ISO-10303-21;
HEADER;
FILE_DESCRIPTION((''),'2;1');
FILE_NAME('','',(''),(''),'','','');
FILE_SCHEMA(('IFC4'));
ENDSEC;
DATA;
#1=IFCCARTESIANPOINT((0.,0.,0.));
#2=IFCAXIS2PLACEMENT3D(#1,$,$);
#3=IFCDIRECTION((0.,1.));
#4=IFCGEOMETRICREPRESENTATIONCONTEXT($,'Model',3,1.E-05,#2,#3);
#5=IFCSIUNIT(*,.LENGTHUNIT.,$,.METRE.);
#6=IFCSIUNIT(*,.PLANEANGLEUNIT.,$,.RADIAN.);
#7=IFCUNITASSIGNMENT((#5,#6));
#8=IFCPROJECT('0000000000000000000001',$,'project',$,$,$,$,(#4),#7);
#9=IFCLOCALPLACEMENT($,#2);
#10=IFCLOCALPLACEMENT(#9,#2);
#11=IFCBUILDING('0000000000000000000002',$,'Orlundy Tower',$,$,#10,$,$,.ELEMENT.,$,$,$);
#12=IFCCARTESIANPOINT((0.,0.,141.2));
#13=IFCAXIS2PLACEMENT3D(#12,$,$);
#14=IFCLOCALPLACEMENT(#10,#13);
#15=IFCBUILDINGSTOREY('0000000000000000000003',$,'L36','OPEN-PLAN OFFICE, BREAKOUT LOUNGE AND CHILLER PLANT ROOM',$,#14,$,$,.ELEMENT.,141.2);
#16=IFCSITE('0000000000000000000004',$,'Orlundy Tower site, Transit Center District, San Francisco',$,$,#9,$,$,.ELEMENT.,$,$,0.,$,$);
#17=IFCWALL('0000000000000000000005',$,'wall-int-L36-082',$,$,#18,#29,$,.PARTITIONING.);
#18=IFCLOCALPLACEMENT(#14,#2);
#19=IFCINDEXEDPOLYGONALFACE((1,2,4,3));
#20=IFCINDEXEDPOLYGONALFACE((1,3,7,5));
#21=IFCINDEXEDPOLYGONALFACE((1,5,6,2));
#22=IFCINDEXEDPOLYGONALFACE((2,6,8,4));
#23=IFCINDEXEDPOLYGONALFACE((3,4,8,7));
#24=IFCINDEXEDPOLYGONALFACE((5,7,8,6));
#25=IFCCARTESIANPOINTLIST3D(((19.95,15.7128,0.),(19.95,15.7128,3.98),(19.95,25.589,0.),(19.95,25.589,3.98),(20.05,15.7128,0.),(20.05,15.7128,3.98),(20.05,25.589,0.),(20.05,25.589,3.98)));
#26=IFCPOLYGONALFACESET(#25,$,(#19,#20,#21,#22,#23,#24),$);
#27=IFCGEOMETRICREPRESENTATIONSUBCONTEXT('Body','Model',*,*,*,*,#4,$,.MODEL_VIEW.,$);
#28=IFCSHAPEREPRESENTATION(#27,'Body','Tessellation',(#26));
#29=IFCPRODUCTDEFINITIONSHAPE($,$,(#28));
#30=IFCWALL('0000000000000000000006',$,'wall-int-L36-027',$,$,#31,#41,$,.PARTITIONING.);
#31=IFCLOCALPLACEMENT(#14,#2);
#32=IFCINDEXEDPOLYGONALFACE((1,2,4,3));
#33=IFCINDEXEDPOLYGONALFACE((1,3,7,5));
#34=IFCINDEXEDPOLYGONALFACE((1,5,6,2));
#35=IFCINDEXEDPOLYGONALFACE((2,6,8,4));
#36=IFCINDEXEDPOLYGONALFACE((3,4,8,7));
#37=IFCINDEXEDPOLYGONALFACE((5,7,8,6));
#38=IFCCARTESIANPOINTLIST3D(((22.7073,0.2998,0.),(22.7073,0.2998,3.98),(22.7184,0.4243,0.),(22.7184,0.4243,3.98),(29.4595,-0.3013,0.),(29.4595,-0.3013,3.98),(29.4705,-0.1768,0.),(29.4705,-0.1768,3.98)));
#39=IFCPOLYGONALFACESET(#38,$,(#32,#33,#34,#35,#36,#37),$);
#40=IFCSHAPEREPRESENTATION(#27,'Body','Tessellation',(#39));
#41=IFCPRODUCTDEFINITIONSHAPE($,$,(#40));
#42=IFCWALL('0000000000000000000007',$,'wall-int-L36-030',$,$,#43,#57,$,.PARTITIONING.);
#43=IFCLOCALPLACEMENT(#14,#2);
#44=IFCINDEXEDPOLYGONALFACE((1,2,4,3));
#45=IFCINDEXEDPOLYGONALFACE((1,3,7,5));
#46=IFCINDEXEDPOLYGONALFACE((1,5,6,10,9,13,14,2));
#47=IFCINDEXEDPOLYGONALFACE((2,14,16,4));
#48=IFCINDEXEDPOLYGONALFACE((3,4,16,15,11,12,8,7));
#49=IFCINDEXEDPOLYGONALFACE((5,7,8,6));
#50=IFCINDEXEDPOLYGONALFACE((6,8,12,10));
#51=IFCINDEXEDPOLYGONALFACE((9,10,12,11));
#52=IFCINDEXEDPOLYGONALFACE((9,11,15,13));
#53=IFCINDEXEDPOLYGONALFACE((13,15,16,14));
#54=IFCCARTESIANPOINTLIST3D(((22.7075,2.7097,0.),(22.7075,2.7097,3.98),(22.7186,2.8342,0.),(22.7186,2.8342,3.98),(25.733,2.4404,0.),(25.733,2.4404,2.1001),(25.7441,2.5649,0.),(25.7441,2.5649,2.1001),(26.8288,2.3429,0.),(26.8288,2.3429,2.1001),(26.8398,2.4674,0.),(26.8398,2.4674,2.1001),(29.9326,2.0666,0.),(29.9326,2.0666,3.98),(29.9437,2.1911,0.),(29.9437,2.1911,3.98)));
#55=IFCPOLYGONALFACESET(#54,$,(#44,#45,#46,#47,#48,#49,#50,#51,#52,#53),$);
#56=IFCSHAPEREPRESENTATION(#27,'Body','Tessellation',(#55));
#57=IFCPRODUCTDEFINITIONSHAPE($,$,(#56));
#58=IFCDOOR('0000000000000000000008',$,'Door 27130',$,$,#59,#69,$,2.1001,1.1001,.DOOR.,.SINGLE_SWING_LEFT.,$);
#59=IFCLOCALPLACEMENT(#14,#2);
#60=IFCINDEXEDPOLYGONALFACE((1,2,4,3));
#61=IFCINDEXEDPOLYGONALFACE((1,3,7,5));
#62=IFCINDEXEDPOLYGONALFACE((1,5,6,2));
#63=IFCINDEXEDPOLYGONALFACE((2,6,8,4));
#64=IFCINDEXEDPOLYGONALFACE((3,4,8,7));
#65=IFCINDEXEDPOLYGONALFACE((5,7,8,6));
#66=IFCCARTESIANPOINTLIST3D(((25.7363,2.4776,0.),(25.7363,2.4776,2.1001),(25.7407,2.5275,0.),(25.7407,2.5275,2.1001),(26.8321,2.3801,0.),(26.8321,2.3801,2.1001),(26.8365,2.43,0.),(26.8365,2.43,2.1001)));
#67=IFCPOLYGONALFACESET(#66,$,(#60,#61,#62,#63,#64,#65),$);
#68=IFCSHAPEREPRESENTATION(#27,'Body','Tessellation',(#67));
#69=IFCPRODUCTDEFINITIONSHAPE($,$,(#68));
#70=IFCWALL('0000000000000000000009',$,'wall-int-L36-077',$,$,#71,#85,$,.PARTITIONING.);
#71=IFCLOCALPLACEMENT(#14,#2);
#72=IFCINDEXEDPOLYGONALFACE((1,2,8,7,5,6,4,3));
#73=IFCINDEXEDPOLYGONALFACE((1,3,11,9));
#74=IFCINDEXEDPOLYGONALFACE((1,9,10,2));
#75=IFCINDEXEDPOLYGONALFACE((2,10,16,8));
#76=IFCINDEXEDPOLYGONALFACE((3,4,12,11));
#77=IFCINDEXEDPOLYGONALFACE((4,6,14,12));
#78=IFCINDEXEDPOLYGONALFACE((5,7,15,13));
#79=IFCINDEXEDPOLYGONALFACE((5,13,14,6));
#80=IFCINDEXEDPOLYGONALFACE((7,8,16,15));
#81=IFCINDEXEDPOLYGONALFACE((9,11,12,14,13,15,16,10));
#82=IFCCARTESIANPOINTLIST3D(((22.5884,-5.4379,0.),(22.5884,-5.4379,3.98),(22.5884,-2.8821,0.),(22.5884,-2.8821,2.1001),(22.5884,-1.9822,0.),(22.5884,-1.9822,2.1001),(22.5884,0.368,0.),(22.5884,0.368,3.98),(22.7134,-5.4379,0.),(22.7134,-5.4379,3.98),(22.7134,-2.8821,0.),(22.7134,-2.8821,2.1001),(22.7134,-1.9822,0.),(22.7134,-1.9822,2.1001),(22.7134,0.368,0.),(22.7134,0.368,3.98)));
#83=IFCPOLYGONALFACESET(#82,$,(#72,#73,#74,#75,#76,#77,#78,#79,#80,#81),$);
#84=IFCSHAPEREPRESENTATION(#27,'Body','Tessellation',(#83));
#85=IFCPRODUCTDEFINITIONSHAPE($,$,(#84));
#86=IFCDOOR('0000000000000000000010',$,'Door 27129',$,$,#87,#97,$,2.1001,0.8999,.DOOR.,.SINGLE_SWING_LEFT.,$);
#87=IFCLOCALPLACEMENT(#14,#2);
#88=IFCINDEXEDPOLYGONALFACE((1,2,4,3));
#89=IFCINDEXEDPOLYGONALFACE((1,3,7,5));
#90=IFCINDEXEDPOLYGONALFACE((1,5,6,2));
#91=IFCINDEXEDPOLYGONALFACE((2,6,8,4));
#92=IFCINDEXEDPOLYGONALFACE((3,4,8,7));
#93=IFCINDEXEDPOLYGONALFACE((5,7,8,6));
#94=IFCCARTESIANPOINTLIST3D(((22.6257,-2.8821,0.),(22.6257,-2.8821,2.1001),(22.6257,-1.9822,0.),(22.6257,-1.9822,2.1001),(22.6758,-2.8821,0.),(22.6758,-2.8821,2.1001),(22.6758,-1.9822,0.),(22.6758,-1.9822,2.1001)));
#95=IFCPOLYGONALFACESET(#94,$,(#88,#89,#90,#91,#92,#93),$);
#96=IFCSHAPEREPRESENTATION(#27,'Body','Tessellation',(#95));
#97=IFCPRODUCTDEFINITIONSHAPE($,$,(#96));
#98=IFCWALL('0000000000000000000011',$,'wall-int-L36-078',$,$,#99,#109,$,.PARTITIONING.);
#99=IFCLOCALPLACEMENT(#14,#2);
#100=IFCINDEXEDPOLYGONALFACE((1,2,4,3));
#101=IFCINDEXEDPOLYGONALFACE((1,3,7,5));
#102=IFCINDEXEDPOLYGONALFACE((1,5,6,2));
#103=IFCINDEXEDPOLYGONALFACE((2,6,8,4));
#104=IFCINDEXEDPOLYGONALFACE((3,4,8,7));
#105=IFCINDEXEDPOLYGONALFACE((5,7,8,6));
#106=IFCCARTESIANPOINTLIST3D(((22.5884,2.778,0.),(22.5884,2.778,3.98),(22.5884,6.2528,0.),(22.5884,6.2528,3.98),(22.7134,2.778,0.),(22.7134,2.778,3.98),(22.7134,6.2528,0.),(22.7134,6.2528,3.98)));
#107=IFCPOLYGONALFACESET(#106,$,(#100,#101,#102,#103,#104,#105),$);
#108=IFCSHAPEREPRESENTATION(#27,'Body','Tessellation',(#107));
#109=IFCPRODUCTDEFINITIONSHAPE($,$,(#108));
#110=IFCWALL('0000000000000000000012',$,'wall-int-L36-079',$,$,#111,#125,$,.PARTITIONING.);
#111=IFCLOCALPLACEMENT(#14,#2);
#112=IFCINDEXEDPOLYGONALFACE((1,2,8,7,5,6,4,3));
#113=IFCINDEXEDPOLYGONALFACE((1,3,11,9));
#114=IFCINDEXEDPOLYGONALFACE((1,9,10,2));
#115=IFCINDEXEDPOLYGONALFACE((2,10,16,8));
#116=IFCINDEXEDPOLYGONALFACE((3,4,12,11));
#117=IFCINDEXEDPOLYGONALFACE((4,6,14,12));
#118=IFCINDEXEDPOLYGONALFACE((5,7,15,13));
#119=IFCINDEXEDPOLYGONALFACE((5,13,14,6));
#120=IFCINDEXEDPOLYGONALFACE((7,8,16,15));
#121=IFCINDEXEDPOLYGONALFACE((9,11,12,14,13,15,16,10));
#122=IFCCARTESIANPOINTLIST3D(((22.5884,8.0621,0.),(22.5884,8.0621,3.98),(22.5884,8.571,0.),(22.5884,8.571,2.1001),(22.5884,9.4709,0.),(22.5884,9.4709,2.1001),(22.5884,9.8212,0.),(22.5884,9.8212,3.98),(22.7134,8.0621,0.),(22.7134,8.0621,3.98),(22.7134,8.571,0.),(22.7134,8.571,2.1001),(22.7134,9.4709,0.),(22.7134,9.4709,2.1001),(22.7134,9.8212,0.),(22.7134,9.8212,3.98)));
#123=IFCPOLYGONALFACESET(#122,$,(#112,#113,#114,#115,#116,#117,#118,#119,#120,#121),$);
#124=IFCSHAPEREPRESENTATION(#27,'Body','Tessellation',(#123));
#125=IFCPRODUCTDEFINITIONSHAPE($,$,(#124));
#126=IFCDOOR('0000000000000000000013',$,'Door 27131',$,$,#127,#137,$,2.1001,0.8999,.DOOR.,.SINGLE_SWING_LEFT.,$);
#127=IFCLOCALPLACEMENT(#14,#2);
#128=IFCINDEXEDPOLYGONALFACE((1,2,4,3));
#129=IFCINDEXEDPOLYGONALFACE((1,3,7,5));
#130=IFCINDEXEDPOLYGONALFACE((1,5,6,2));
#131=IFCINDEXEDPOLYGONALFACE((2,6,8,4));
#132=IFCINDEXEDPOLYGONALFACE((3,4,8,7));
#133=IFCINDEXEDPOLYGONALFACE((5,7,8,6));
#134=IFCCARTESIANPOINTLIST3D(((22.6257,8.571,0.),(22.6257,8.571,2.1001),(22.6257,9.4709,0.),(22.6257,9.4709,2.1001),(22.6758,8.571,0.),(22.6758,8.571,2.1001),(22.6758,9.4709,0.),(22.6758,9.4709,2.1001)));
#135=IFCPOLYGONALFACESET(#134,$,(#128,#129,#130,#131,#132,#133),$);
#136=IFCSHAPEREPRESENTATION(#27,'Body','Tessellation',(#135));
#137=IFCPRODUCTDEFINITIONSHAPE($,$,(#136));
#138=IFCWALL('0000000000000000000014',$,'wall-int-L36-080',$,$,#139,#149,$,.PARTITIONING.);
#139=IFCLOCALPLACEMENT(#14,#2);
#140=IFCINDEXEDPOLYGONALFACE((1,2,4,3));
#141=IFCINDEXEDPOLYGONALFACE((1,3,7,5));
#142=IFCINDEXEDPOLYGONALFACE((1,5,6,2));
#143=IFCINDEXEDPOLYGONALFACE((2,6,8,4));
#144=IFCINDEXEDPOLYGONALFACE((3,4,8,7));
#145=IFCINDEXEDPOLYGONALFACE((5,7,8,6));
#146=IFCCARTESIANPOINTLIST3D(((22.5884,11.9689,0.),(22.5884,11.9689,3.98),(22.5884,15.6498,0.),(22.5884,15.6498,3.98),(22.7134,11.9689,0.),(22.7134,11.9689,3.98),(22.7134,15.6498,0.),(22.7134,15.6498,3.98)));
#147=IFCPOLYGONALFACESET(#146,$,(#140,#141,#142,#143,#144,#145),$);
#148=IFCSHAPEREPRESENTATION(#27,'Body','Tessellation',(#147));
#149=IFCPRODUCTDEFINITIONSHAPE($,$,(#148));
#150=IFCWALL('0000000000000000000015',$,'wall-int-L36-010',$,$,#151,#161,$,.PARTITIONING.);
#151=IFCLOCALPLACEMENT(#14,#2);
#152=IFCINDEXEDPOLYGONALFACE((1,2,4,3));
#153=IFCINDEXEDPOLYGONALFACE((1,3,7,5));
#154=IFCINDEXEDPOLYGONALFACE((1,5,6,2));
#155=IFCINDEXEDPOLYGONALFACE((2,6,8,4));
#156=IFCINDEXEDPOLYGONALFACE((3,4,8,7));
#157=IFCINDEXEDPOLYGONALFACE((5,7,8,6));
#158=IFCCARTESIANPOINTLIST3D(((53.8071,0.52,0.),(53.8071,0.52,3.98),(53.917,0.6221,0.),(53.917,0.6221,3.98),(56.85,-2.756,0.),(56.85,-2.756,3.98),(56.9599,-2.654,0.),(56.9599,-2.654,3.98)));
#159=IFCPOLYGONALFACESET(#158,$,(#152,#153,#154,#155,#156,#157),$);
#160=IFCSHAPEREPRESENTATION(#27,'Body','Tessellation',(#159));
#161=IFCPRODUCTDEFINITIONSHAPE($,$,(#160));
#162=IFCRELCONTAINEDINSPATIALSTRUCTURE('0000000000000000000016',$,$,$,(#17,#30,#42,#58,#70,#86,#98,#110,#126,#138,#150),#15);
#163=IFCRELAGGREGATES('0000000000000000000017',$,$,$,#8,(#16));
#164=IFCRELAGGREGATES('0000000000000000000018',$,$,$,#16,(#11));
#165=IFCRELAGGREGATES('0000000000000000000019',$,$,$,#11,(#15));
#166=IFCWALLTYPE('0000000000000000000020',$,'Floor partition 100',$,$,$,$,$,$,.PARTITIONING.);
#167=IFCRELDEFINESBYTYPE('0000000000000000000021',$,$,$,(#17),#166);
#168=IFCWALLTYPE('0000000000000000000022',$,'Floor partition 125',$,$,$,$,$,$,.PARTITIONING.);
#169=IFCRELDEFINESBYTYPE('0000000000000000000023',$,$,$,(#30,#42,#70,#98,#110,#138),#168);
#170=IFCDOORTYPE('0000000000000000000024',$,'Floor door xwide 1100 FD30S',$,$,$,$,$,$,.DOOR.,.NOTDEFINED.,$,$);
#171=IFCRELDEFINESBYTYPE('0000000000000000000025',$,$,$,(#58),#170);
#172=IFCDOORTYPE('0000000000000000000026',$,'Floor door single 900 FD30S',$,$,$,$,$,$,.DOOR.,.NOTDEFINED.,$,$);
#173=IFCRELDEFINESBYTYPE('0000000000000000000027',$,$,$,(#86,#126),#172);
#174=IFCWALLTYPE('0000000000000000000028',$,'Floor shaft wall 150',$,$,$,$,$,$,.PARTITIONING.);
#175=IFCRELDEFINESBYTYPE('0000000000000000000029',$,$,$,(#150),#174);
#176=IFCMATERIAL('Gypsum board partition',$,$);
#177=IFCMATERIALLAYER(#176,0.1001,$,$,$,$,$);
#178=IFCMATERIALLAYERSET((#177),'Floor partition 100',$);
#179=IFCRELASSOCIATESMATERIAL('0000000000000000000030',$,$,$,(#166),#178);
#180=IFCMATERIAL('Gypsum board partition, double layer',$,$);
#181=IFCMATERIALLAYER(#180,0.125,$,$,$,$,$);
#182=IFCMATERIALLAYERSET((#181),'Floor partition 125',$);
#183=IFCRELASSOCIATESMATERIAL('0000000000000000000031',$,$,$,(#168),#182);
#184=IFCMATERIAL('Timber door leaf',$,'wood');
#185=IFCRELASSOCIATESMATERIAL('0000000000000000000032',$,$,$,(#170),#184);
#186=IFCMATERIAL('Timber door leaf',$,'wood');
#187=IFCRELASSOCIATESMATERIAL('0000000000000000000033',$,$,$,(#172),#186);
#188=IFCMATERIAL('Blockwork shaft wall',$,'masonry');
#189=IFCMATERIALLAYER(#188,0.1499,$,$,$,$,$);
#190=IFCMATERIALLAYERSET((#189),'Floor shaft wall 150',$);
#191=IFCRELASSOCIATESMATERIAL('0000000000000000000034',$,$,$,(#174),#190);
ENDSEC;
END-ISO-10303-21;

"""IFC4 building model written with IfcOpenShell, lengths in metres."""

from ifc_helpers import new_model, si_unit, direction, frame, frame_2d, origin, place, context, subcontext, project, spatial, rectangle, extrude, material, layer, layer_set, type_object, element, fill, save


model = new_model("IFC4")

# Units and contexts
model_context = context("Model", 3, precision=1e-05, world=origin(), true_north=direction((0.0, 1.0)))
body_context = subcontext(model_context, "Body", "Model", "MODEL_VIEW")
ifc_project = project(units=[si_unit("LENGTHUNIT", "METRE"), si_unit("PLANEANGLEUNIT", "RADIAN")], contexts=[model_context])

# Site, building, storey
site_placement = place(None, origin())
site = spatial("IfcSite", under=ifc_project, at=site_placement, Name="Orlundy Tower site, Transit Center District, San Francisco", CompositionType="ELEMENT", RefElevation=0.0)
building_placement = place(site_placement, origin())
building = spatial("IfcBuilding", under=site, at=building_placement, Name="Orlundy Tower", CompositionType="ELEMENT")
storey_placement = place(building_placement, frame((0.0, 0.0, 141.2)))
storey = spatial("IfcBuildingStorey", under=building, at=storey_placement, Name="L36", Description="OPEN-PLAN OFFICE, BREAKOUT LOUNGE AND CHILLER PLANT ROOM", CompositionType="ELEMENT", Elevation=141.2)

# Walls
ifc_material_1 = material(Name="Gypsum board partition")
ifc_layer_1 = layer(ifc_material_1, 0.1001)
ifc_layer_set_1 = layer_set([ifc_layer_1], Name="Floor partition 100")
wall_type_1 = type_object("IfcWallType", Name="Floor partition 100", PredefinedType="PARTITIONING", material=ifc_layer_set_1)
wall_1_placement = place(storey_placement, frame((20.0, 15.7129, 0.0), z_axis=(0.0, 0.0, 1.0), x_axis=(0.0, 1.0, 0.0)))
element("IfcWall", 1, at=wall_1_placement, inside=storey, type_object=wall_type_1, Name="wall-int-L36-082", PredefinedType="PARTITIONING", context=body_context, shape_type="SweptSolid", body=[
    extrude(rectangle(XDim=9.8762, YDim=0.1001, at=frame_2d((4.938, 0.0))), origin(), (0.0, 0.0, 1.0), 3.98),
])
ifc_material_2 = material(Name="Gypsum board partition, double layer")
ifc_layer_2 = layer(ifc_material_2, 0.125)
ifc_layer_set_2 = layer_set([ifc_layer_2], Name="Floor partition 125")
wall_type_2 = type_object("IfcWallType", Name="Floor partition 125", PredefinedType="PARTITIONING", material=ifc_layer_set_2)
wall_2_placement = place(storey_placement, frame((22.7129, 0.3621, 0.0), z_axis=(0.0, 0.0, 1.0), x_axis=(0.996061, -0.088668, 0.0)))
element("IfcWall", 2, at=wall_2_placement, inside=storey, type_object=wall_type_2, Name="wall-int-L36-027", PredefinedType="PARTITIONING", context=body_context, shape_type="SweptSolid", body=[
    extrude(rectangle(XDim=6.7788, YDim=0.125, at=frame_2d((3.3894, 0.0))), origin(), (0.0, 0.0, 1.0), 3.98),
])

# Walls, openings, doors
wall_3_placement = place(storey_placement, frame((22.7129, 2.772, 0.0), z_axis=(0.0, 0.0, 1.0), x_axis=(0.996062, -0.088654, 0.0)))
wall_3 = element("IfcWall", 3, at=wall_3_placement, inside=storey, type_object=wall_type_2, Name="wall-int-L36-030", PredefinedType="PARTITIONING", context=body_context, shape_type="SweptSolid", body=[
    extrude(rectangle(XDim=7.2537, YDim=0.125, at=frame_2d((3.627, 0.0))), origin(), (0.0, 0.0, 1.0), 3.98),
])
opening_1_placement = place(wall_3_placement, frame((3.0376, 0.0, 0.0)))
opening_1 = element("IfcOpeningElement", 4, at=opening_1_placement, cuts=wall_3, PredefinedType="OPENING", context=body_context, shape_type="SweptSolid", body=[
    extrude(rectangle(XDim=1.1001, YDim=2.1001, at=frame_2d((0.55, 1.05))), frame((0.0, 0.0725, 0.0), z_axis=(0.0, -1.0, 0.0), x_axis=(1.0, 0.0, 0.0)), (0.0, 0.0, 1.0), 0.145),
])
ifc_material_3 = material(Name="Timber door leaf", Category="wood")
door_type_1 = type_object("IfcDoorType", Name="Floor door xwide 1100 FD30S", OperationType="NOTDEFINED", PredefinedType="DOOR", material=ifc_material_3)
door_1_placement = place(opening_1_placement, origin())
door_1 = element("IfcDoor", 5, at=door_1_placement, inside=storey, type_object=door_type_1, Name="Door 27130", OperationType="SINGLE_SWING_LEFT", OverallHeight=2.1001, OverallWidth=1.1001, PredefinedType="DOOR", context=body_context, shape_type="SweptSolid", body=[
    extrude(rectangle(XDim=1.1001, YDim=2.1001, at=frame_2d((0.55, 1.05))), frame((0.0, 0.0249, 0.0), z_axis=(0.0, -1.0, 0.0), x_axis=(1.0, 0.0, 0.0)), (0.0, 0.0, 1.0), 0.05),
])
fill(opening_1, door_1)
wall_4_placement = place(storey_placement, frame((22.6509, 0.3679, 0.0), z_axis=(0.0, 0.0, 1.0), x_axis=(0.0, -1.0, 0.0)))
wall_4 = element("IfcWall", 6, at=wall_4_placement, inside=storey, type_object=wall_type_2, Name="wall-int-L36-077", PredefinedType="PARTITIONING", context=body_context, shape_type="SweptSolid", body=[
    extrude(rectangle(XDim=5.8059, YDim=0.125, at=frame_2d((2.9028, 0.0))), origin(), (0.0, 0.0, 1.0), 3.98),
])
opening_2_placement = place(wall_4_placement, frame((2.3501, 0.0, 0.0)))
opening_2 = element("IfcOpeningElement", 7, at=opening_2_placement, cuts=wall_4, PredefinedType="OPENING", context=body_context, shape_type="SweptSolid", body=[
    extrude(rectangle(XDim=0.8999, YDim=2.1001, at=frame_2d((0.45, 1.05))), frame((0.0, 0.0725, 0.0), z_axis=(0.0, -1.0, 0.0), x_axis=(1.0, 0.0, 0.0)), (0.0, 0.0, 1.0), 0.145),
])
ifc_material_4 = material(Name="Timber door leaf", Category="wood")
door_type_2 = type_object("IfcDoorType", Name="Floor door single 900 FD30S", OperationType="NOTDEFINED", PredefinedType="DOOR", material=ifc_material_4)
door_2_placement = place(opening_2_placement, origin())
door_2 = element("IfcDoor", 8, at=door_2_placement, inside=storey, type_object=door_type_2, Name="Door 27129", OperationType="SINGLE_SWING_LEFT", OverallHeight=2.1001, OverallWidth=0.8999, PredefinedType="DOOR", context=body_context, shape_type="SweptSolid", body=[
    extrude(rectangle(XDim=0.8999, YDim=2.1001, at=frame_2d((0.45, 1.05))), frame((0.0, 0.0249, 0.0), z_axis=(0.0, -1.0, 0.0), x_axis=(1.0, 0.0, 0.0)), (0.0, 0.0, 1.0), 0.05),
])
fill(opening_2, door_2)

# Wall
wall_5_placement = place(storey_placement, frame((22.6509, 2.7781, 0.0), z_axis=(0.0, 0.0, 1.0), x_axis=(0.0, 1.0, 0.0)))
element("IfcWall", 9, at=wall_5_placement, inside=storey, type_object=wall_type_2, Name="wall-int-L36-078", PredefinedType="PARTITIONING", context=body_context, shape_type="SweptSolid", body=[
    extrude(rectangle(XDim=3.4749, YDim=0.125, at=frame_2d((1.7373, 0.0))), origin(), (0.0, 0.0, 1.0), 3.98),
])

# Wall, opening, door
wall_6_placement = place(storey_placement, frame((22.6509, 9.821, 0.0), z_axis=(0.0, 0.0, 1.0), x_axis=(0.0, -1.0, 0.0)))
wall_6 = element("IfcWall", 10, at=wall_6_placement, inside=storey, type_object=wall_type_2, Name="wall-int-L36-079", PredefinedType="PARTITIONING", context=body_context, shape_type="SweptSolid", body=[
    extrude(rectangle(XDim=1.759, YDim=0.125, at=frame_2d((0.8794, 0.0))), origin(), (0.0, 0.0, 1.0), 3.98),
])
opening_3_placement = place(wall_6_placement, frame((0.3501, 0.0, 0.0)))
opening_3 = element("IfcOpeningElement", 11, at=opening_3_placement, cuts=wall_6, PredefinedType="OPENING", context=body_context, shape_type="SweptSolid", body=[
    extrude(rectangle(XDim=0.8999, YDim=2.1001, at=frame_2d((0.45, 1.05))), frame((0.0, 0.0725, 0.0), z_axis=(0.0, -1.0, 0.0), x_axis=(1.0, 0.0, 0.0)), (0.0, 0.0, 1.0), 0.145),
])
door_3_placement = place(opening_3_placement, origin())
door_3 = element("IfcDoor", 12, at=door_3_placement, inside=storey, type_object=door_type_2, Name="Door 27131", OperationType="SINGLE_SWING_LEFT", OverallHeight=2.1001, OverallWidth=0.8999, PredefinedType="DOOR", context=body_context, shape_type="SweptSolid", body=[
    extrude(rectangle(XDim=0.8999, YDim=2.1001, at=frame_2d((0.45, 1.05))), frame((0.0, 0.0249, 0.0), z_axis=(0.0, -1.0, 0.0), x_axis=(1.0, 0.0, 0.0)), (0.0, 0.0, 1.0), 0.05),
])
fill(opening_3, door_3)

# Walls
wall_7_placement = place(storey_placement, frame((22.6509, 11.969, 0.0), z_axis=(0.0, 0.0, 1.0), x_axis=(0.0, 1.0, 0.0)))
element("IfcWall", 13, at=wall_7_placement, inside=storey, type_object=wall_type_2, Name="wall-int-L36-080", PredefinedType="PARTITIONING", context=body_context, shape_type="SweptSolid", body=[
    extrude(rectangle(XDim=3.6809, YDim=0.125, at=frame_2d((1.8403, 0.0))), origin(), (0.0, 0.0, 1.0), 3.98),
])
ifc_material_5 = material(Name="Blockwork shaft wall", Category="masonry")
ifc_layer_3 = layer(ifc_material_5, 0.1499)
ifc_layer_set_3 = layer_set([ifc_layer_3], Name="Floor shaft wall 150")
wall_type_3 = type_object("IfcWallType", Name="Floor shaft wall 150", PredefinedType="PARTITIONING", material=ifc_layer_set_3)
wall_8_placement = place(storey_placement, frame((53.8621, 0.571, 0.0), z_axis=(0.0, 0.0, 1.0), x_axis=(0.680554, -0.732698, 0.0)))
element("IfcWall", 14, at=wall_8_placement, inside=storey, type_object=wall_type_3, Name="wall-int-L36-010", PredefinedType="PARTITIONING", context=body_context, shape_type="SweptSolid", body=[
    extrude(rectangle(XDim=4.4712, YDim=0.1499, at=frame_2d((2.2356, 0.0))), origin(), (0.0, 0.0, 1.0), 3.98),
])

save(model, "model.ifc")
